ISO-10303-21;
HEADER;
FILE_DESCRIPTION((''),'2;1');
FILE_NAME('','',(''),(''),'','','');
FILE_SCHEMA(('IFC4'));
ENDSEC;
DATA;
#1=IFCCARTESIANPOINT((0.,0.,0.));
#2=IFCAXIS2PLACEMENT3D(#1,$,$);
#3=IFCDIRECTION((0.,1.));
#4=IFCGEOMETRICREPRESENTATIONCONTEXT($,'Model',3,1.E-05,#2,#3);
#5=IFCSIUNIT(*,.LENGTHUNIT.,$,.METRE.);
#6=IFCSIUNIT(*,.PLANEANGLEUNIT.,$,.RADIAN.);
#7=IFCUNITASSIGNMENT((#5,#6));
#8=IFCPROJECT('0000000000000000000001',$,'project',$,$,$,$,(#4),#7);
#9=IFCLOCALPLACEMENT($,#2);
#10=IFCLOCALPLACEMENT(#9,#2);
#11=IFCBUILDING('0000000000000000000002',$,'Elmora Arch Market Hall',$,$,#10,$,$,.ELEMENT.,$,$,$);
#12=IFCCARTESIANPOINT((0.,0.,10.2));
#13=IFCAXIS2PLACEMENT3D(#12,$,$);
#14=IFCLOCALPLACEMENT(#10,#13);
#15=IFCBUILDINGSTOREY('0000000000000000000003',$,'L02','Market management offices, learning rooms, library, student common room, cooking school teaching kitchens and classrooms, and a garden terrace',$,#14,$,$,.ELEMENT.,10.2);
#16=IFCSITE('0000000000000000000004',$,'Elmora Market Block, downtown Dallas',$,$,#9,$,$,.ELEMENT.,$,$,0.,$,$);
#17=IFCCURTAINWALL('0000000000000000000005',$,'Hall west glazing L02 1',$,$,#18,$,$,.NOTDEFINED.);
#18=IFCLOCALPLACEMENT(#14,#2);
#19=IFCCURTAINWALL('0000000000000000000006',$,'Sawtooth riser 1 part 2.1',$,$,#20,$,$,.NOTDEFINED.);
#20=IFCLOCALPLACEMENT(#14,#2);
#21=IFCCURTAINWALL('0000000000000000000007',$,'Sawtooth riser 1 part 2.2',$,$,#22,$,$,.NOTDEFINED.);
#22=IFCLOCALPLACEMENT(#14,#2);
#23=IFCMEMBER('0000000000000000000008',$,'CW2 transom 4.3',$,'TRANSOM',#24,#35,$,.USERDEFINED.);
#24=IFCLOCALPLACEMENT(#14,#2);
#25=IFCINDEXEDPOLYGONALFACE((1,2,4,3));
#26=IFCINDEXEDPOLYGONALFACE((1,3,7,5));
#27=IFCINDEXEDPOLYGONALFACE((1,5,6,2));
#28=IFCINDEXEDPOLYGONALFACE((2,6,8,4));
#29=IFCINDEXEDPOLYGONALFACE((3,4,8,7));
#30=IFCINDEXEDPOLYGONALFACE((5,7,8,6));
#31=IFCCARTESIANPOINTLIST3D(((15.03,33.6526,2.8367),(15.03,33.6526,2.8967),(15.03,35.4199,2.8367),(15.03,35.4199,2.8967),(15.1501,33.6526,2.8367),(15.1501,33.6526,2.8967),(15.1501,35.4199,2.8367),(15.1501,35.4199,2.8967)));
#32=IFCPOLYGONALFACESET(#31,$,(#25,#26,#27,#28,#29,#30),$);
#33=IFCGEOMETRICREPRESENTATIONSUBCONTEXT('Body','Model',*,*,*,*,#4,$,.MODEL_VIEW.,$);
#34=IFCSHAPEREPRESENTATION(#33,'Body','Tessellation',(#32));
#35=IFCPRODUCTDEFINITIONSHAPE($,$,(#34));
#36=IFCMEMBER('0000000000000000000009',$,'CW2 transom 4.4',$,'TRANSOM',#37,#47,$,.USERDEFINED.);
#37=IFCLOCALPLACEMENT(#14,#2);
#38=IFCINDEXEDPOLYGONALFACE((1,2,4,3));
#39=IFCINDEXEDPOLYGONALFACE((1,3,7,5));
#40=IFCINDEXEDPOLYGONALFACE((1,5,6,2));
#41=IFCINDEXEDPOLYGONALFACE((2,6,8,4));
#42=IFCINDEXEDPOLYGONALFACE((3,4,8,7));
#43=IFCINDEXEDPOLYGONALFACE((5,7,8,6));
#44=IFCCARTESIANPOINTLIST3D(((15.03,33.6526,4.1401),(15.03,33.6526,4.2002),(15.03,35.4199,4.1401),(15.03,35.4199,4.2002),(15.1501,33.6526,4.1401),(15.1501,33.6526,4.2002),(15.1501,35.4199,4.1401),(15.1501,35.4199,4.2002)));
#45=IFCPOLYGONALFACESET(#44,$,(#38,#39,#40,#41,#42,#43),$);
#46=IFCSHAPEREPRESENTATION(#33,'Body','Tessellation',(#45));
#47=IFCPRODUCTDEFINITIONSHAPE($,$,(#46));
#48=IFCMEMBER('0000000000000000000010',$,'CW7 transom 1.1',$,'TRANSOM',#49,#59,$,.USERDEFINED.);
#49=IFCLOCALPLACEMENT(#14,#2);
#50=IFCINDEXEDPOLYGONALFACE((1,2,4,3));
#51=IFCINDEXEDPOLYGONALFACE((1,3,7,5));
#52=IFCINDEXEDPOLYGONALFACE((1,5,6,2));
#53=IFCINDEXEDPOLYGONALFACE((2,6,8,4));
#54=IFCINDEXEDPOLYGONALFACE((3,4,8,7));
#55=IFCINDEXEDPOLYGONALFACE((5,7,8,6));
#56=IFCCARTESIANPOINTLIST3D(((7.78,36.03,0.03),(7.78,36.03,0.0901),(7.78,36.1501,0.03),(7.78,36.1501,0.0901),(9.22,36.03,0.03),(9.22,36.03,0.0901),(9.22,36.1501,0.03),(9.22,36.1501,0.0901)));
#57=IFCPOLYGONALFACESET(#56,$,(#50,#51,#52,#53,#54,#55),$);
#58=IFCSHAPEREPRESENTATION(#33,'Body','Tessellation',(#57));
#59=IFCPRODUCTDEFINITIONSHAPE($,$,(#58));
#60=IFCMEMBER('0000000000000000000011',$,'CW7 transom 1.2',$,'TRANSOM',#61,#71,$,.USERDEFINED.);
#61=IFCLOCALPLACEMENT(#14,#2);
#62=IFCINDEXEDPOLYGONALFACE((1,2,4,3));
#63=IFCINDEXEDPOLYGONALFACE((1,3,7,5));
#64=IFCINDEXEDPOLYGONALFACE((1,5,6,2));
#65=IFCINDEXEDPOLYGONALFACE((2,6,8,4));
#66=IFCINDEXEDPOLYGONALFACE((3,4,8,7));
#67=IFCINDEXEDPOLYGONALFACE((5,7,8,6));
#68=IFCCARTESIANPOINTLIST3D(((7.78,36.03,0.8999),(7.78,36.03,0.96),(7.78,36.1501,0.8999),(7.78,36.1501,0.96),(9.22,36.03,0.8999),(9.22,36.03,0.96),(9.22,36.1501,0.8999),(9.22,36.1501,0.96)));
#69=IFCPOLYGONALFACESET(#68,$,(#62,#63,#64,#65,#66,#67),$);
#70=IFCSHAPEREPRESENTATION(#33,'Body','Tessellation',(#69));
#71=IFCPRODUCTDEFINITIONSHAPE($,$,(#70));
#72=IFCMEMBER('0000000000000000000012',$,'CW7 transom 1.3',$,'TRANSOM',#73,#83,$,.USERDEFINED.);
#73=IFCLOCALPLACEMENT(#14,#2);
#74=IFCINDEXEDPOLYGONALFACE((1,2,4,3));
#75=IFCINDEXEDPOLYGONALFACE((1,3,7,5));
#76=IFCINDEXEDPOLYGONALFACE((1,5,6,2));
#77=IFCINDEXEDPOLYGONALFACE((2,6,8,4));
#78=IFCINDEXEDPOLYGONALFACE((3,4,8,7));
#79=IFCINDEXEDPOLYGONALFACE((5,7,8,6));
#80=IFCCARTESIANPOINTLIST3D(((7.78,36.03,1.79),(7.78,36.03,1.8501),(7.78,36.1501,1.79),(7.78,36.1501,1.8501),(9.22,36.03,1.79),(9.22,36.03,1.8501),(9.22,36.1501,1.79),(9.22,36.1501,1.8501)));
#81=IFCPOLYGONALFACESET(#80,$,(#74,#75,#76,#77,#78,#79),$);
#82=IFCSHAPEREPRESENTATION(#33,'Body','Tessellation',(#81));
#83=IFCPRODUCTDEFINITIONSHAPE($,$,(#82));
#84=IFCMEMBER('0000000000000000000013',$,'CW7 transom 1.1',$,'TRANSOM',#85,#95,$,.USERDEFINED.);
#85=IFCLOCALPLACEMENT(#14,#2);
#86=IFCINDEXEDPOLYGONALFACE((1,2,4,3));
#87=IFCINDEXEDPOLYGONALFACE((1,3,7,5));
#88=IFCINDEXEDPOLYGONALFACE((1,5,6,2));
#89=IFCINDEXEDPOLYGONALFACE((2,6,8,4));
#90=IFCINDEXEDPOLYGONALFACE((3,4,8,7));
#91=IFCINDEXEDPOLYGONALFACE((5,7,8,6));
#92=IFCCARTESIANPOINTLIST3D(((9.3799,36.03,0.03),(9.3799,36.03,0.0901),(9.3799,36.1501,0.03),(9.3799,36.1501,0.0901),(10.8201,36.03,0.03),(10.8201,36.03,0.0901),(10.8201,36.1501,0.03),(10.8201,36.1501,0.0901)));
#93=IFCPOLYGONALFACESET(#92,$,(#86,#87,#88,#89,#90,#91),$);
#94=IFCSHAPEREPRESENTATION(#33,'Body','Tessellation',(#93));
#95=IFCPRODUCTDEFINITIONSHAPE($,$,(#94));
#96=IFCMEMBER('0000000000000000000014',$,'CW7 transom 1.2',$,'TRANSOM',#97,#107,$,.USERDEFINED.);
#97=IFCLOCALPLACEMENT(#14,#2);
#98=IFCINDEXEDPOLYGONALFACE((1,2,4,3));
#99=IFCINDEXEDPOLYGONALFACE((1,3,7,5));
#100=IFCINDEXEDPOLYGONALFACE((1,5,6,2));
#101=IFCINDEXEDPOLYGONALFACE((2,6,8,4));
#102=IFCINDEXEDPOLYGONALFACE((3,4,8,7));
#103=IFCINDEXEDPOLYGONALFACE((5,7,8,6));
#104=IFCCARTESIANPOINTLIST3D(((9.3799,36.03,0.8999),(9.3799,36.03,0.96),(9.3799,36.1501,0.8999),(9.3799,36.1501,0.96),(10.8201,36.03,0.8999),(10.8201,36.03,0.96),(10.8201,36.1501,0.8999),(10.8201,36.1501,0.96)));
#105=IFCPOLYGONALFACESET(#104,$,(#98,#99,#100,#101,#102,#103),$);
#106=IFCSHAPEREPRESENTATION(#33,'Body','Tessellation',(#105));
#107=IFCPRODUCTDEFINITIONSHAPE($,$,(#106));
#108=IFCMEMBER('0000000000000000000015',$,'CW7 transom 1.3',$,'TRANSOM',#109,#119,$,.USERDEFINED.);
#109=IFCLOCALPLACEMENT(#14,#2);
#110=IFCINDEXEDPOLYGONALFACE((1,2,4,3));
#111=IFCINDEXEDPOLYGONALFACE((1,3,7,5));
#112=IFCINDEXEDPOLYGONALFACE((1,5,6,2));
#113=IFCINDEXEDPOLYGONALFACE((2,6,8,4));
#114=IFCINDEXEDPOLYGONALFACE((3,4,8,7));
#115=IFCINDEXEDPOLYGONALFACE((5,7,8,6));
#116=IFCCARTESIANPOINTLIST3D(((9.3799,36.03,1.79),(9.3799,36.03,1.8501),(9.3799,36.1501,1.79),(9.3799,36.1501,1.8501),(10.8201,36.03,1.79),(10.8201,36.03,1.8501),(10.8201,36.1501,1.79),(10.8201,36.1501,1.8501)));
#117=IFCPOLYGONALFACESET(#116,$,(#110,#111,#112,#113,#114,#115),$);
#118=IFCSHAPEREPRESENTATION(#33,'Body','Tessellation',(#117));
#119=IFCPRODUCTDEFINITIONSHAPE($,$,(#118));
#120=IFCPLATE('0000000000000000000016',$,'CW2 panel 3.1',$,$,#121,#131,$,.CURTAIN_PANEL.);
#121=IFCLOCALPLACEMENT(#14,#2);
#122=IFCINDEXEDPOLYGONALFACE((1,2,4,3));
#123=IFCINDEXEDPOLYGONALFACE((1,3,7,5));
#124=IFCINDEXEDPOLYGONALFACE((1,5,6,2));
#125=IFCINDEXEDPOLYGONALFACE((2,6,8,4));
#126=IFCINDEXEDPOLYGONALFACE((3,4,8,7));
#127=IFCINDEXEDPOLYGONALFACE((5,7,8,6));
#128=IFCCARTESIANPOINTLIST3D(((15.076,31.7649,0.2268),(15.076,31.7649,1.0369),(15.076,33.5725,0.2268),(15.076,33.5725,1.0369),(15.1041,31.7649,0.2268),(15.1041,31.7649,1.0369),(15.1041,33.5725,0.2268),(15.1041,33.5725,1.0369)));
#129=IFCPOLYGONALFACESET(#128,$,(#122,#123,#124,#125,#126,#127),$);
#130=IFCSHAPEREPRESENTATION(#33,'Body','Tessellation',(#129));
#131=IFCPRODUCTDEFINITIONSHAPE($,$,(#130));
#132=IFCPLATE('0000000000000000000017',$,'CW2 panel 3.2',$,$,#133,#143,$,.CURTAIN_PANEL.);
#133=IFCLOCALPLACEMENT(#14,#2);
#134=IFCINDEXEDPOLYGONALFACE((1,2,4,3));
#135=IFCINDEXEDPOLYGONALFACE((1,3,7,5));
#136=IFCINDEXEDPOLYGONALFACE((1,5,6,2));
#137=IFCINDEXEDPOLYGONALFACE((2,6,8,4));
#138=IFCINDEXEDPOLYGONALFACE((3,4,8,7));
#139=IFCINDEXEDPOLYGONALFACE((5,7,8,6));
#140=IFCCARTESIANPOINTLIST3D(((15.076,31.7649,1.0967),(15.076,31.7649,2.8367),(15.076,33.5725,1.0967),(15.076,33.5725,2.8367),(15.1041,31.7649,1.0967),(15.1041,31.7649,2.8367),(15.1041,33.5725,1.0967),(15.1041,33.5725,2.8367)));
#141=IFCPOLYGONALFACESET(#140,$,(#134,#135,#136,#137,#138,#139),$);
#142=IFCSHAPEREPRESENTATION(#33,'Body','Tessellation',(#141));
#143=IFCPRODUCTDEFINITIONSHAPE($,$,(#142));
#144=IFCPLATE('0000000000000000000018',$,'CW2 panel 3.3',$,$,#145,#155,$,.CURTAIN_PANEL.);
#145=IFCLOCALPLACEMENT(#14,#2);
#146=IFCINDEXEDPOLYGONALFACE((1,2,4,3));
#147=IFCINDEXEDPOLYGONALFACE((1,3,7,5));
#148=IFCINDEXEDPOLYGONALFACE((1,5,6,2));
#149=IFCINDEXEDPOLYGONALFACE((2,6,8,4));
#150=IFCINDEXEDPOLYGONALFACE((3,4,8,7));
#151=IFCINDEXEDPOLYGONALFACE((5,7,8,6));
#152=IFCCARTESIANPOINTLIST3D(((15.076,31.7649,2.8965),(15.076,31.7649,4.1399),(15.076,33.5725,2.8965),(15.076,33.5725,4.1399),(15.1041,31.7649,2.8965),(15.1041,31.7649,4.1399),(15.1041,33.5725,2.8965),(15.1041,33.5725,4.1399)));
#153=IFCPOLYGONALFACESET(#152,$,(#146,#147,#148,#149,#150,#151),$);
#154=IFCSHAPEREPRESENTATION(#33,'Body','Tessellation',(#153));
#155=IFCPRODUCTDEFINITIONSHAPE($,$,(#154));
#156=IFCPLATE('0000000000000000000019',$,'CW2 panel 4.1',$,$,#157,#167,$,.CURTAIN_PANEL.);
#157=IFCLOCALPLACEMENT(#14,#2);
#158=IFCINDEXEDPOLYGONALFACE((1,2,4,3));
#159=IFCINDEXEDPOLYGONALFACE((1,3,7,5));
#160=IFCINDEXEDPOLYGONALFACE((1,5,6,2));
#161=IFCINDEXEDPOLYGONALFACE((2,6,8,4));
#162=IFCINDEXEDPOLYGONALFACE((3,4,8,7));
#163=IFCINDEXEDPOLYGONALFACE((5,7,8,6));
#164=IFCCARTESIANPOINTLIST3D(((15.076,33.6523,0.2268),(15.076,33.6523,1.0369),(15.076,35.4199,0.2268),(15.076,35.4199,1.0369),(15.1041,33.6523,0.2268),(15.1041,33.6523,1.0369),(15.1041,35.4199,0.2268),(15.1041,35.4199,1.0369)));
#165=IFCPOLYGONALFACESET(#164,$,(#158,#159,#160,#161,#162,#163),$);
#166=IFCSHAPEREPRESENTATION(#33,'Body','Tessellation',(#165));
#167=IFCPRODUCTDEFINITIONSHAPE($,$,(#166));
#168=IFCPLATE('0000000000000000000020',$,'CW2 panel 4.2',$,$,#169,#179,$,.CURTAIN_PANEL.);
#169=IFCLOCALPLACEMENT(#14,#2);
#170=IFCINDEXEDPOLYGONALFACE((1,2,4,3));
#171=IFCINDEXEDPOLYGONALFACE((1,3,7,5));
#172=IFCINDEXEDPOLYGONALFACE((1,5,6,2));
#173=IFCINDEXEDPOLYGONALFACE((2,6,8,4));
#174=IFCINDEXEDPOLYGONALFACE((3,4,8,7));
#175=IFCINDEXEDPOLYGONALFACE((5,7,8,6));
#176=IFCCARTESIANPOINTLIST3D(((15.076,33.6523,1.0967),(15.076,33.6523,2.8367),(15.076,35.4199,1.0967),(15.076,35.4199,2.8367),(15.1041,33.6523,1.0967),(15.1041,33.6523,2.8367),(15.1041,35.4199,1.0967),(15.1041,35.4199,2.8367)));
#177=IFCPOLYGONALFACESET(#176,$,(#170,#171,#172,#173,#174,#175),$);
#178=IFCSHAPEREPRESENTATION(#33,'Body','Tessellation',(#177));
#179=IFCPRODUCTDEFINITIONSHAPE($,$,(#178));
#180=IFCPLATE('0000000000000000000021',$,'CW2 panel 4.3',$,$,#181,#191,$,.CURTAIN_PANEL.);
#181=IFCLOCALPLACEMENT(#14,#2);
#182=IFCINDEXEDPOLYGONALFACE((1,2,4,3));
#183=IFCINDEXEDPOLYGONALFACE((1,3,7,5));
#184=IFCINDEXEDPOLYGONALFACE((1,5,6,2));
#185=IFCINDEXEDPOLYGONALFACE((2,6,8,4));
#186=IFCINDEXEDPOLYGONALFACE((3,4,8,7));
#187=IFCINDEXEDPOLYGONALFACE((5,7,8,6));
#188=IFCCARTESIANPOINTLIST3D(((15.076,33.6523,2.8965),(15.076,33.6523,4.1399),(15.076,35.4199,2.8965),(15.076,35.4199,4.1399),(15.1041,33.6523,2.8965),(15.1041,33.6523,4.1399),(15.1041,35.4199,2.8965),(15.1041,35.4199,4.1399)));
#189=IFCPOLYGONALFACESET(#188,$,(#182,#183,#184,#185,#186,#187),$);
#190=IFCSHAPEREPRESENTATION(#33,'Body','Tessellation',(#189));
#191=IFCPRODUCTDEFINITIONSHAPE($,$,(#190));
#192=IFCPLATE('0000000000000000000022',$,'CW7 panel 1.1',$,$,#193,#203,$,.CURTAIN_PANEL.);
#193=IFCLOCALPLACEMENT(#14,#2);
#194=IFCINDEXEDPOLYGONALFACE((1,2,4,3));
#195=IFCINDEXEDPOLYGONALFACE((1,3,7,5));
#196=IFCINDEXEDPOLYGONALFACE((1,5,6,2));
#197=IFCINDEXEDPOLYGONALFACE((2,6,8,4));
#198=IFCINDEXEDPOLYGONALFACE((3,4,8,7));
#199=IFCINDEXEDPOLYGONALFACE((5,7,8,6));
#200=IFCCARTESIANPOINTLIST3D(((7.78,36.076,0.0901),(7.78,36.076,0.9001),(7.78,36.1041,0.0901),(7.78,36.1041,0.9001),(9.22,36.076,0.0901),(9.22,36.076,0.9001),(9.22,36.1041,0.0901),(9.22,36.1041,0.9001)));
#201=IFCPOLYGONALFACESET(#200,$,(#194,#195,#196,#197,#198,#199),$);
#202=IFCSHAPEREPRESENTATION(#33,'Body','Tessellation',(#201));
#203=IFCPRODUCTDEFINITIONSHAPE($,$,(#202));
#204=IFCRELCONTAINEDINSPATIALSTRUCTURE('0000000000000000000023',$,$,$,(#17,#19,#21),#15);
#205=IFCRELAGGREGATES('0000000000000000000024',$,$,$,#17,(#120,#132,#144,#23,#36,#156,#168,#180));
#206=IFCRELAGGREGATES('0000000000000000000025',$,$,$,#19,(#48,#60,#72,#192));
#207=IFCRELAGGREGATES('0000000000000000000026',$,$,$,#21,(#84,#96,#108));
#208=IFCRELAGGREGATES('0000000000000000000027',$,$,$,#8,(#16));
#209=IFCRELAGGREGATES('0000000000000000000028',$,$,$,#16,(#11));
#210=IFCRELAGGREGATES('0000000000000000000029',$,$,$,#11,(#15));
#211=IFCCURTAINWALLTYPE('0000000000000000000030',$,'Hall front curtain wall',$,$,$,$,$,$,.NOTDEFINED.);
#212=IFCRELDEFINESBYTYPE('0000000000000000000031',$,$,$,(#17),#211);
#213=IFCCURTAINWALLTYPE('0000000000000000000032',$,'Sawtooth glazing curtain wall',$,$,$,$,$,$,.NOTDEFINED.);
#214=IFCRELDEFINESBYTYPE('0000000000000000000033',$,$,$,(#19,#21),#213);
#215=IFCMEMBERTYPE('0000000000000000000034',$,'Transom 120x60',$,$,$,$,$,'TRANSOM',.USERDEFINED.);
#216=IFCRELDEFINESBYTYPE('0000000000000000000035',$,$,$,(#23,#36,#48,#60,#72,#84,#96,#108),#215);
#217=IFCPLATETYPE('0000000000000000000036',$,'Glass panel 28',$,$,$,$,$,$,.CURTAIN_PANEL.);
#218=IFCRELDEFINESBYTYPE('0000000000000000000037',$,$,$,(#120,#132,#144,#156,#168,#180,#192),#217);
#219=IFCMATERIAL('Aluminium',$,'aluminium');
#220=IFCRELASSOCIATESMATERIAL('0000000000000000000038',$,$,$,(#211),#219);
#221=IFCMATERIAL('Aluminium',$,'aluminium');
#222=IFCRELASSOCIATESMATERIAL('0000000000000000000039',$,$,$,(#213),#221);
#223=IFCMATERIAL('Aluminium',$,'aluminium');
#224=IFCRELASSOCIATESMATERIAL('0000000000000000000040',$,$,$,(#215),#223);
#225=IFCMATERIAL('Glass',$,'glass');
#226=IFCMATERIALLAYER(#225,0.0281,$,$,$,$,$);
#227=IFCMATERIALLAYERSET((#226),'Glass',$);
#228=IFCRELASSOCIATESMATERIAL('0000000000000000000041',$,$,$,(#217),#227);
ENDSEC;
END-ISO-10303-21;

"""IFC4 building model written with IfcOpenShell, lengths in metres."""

from ifc_helpers import new_model, si_unit, direction, frame, origin, origin_2d, place, context, subcontext, project, spatial, rectangle, extrude, material, layer, layer_set, material_profile, profile_set, type_object, element, aggregate, save


model = new_model("IFC4")

# Units and contexts
model_context = context("Model", 3, precision=1e-05, world=origin(), true_north=direction((0.0, 1.0)))
body_context = subcontext(model_context, "Body", "Model", "MODEL_VIEW")
ifc_project = project(units=[si_unit("LENGTHUNIT", "METRE"), si_unit("PLANEANGLEUNIT", "RADIAN")], contexts=[model_context])

# Site, building, storey
site_placement = place(None, origin())
site = spatial("IfcSite", under=ifc_project, at=site_placement, Name="Elmora Market Block, downtown Dallas", CompositionType="ELEMENT", RefElevation=0.0)
building_placement = place(site_placement, origin())
building = spatial("IfcBuilding", under=site, at=building_placement, Name="Elmora Arch Market Hall", CompositionType="ELEMENT")
storey_placement = place(building_placement, frame((0.0, 0.0, 10.2)))
storey = spatial("IfcBuildingStorey", under=building, at=storey_placement, Name="L02", Description="Market management offices, learning rooms, library, student common room, cooking school teaching kitchens and classrooms, and a garden terrace", CompositionType="ELEMENT", Elevation=10.2)

# Curtain walls
ifc_material_1 = material(Name="Aluminium", Category="aluminium")
curtain_wall_type_1 = type_object("IfcCurtainWallType", Name="Hall front curtain wall", PredefinedType="NOTDEFINED", material=ifc_material_1)
curtain_wall_1_placement = place(storey_placement, origin())
curtain_wall_1 = element("IfcCurtainWall", 1, at=curtain_wall_1_placement, inside=storey, type_object=curtain_wall_type_1, Name="Hall west glazing L02 1", PredefinedType="NOTDEFINED")
ifc_material_2 = material(Name="Aluminium", Category="aluminium")
curtain_wall_type_2 = type_object("IfcCurtainWallType", Name="Sawtooth glazing curtain wall", PredefinedType="NOTDEFINED", material=ifc_material_2)
curtain_wall_2_placement = place(storey_placement, origin())
curtain_wall_2 = element("IfcCurtainWall", 2, at=curtain_wall_2_placement, inside=storey, type_object=curtain_wall_type_2, Name="Sawtooth riser 1 part 2.1", PredefinedType="NOTDEFINED")

# Curtain wall
curtain_wall_3_placement = place(storey_placement, origin())
curtain_wall_3 = element("IfcCurtainWall", 3, at=curtain_wall_3_placement, inside=storey, type_object=curtain_wall_type_2, Name="Sawtooth riser 1 part 2.2", PredefinedType="NOTDEFINED")

# Members
ifc_material_3 = material(Name="Aluminium", Category="aluminium")
ifc_material_profile_1 = material_profile(ifc_material_3, rectangle(XDim=0.1201, YDim=0.0601, at=origin_2d()), Name="AL 120x60")
ifc_profile_set_1 = profile_set([ifc_material_profile_1], Name="Aluminium")
member_type_1 = type_object("IfcMemberType", Name="Transom 120x60", ElementType="TRANSOM", PredefinedType="USERDEFINED", material=ifc_profile_set_1)
member_1_placement = place(storey_placement, frame((15.0901, 33.6526, 2.8667), z_axis=(0.0, 1.0, 0.0), x_axis=(-1.0, 0.0, 0.0)))
member_1 = element("IfcMember", 4, at=member_1_placement, type_object=member_type_1, Name="CW2 transom 4.3", ObjectType="TRANSOM", PredefinedType="USERDEFINED", context=body_context, shape_type="SweptSolid", body=[
    extrude(rectangle(XDim=0.1201, YDim=0.0601, at=origin_2d()), origin(), (0.0, 0.0, 1.0), 1.7673),
])
member_2_placement = place(storey_placement, frame((15.0901, 33.6526, 4.1702), z_axis=(0.0, 1.0, 0.0), x_axis=(-1.0, 0.0, 0.0)))
member_2 = element("IfcMember", 5, at=member_2_placement, type_object=member_type_1, Name="CW2 transom 4.4", ObjectType="TRANSOM", PredefinedType="USERDEFINED", context=body_context, shape_type="SweptSolid", body=[
    extrude(rectangle(XDim=0.1201, YDim=0.0601, at=origin_2d()), origin(), (0.0, 0.0, 1.0), 1.7673),
])
member_3_placement = place(storey_placement, frame((7.78, 36.0901, 0.0601), z_axis=(1.0, 0.0, 0.0), x_axis=(0.0, 1.0, 0.0)))
member_3 = element("IfcMember", 6, at=member_3_placement, type_object=member_type_1, Name="CW7 transom 1.1", ObjectType="TRANSOM", PredefinedType="USERDEFINED", context=body_context, shape_type="SweptSolid", body=[
    extrude(rectangle(XDim=0.1201, YDim=0.0601, at=origin_2d()), origin(), (0.0, 0.0, 1.0), 1.4399),
])
member_4_placement = place(storey_placement, frame((7.78, 36.0901, 0.9299), z_axis=(1.0, 0.0, 0.0), x_axis=(0.0, 1.0, 0.0)))
member_4 = element("IfcMember", 7, at=member_4_placement, type_object=member_type_1, Name="CW7 transom 1.2", ObjectType="TRANSOM", PredefinedType="USERDEFINED", context=body_context, shape_type="SweptSolid", body=[
    extrude(rectangle(XDim=0.1201, YDim=0.0601, at=origin_2d()), origin(), (0.0, 0.0, 1.0), 1.4399),
])
member_5_placement = place(storey_placement, frame((7.78, 36.0901, 1.8201), z_axis=(1.0, 0.0, 0.0), x_axis=(0.0, 1.0, 0.0)))
member_5 = element("IfcMember", 8, at=member_5_placement, type_object=member_type_1, Name="CW7 transom 1.3", ObjectType="TRANSOM", PredefinedType="USERDEFINED", context=body_context, shape_type="SweptSolid", body=[
    extrude(rectangle(XDim=0.1201, YDim=0.0601, at=origin_2d()), origin(), (0.0, 0.0, 1.0), 1.4399),
])
member_6_placement = place(storey_placement, frame((9.3799, 36.0901, 0.0601), z_axis=(1.0, 0.0, 0.0), x_axis=(0.0, 1.0, 0.0)))
member_6 = element("IfcMember", 9, at=member_6_placement, type_object=member_type_1, Name="CW7 transom 1.1", ObjectType="TRANSOM", PredefinedType="USERDEFINED", context=body_context, shape_type="SweptSolid", body=[
    extrude(rectangle(XDim=0.1201, YDim=0.0601, at=origin_2d()), origin(), (0.0, 0.0, 1.0), 1.4402),
])
member_7_placement = place(storey_placement, frame((9.3799, 36.0901, 0.9299), z_axis=(1.0, 0.0, 0.0), x_axis=(0.0, 1.0, 0.0)))
member_7 = element("IfcMember", 10, at=member_7_placement, type_object=member_type_1, Name="CW7 transom 1.2", ObjectType="TRANSOM", PredefinedType="USERDEFINED", context=body_context, shape_type="SweptSolid", body=[
    extrude(rectangle(XDim=0.1201, YDim=0.0601, at=origin_2d()), origin(), (0.0, 0.0, 1.0), 1.4402),
])
member_8_placement = place(storey_placement, frame((9.3799, 36.0901, 1.8201), z_axis=(1.0, 0.0, 0.0), x_axis=(0.0, 1.0, 0.0)))
member_8 = element("IfcMember", 11, at=member_8_placement, type_object=member_type_1, Name="CW7 transom 1.3", ObjectType="TRANSOM", PredefinedType="USERDEFINED", context=body_context, shape_type="SweptSolid", body=[
    extrude(rectangle(XDim=0.1201, YDim=0.0601, at=origin_2d()), origin(), (0.0, 0.0, 1.0), 1.4402),
])

# Plates
ifc_material_4 = material(Name="Glass", Category="glass")
ifc_layer = layer(ifc_material_4, 0.0281)
ifc_layer_set = layer_set([ifc_layer], Name="Glass")
plate_type = type_object("IfcPlateType", Name="Glass panel 28", PredefinedType="CURTAIN_PANEL", material=ifc_layer_set)
plate_1_placement = place(storey_placement, frame((15.0901, 32.6687, 0.2268), z_axis=(0.0, 0.0, 1.0), x_axis=(0.0, 1.0, 0.0)))
plate_1 = element("IfcPlate", 12, at=plate_1_placement, type_object=plate_type, Name="CW2 panel 3.1", PredefinedType="CURTAIN_PANEL", context=body_context, shape_type="SweptSolid", body=[
    extrude(rectangle(XDim=1.8076, YDim=0.0281, at=origin_2d()), origin(), (0.0, 0.0, 1.0), 0.8101),
])
plate_2_placement = place(storey_placement, frame((15.0901, 32.6687, 1.0967), z_axis=(0.0, 0.0, 1.0), x_axis=(0.0, 1.0, 0.0)))
plate_2 = element("IfcPlate", 13, at=plate_2_placement, type_object=plate_type, Name="CW2 panel 3.2", PredefinedType="CURTAIN_PANEL", context=body_context, shape_type="SweptSolid", body=[
    extrude(rectangle(XDim=1.8076, YDim=0.0281, at=origin_2d()), origin(), (0.0, 0.0, 1.0), 1.74),
])
plate_3_placement = place(storey_placement, frame((15.0901, 32.6687, 2.8965), z_axis=(0.0, 0.0, 1.0), x_axis=(0.0, 1.0, 0.0)))
plate_3 = element("IfcPlate", 14, at=plate_3_placement, type_object=plate_type, Name="CW2 panel 3.3", PredefinedType="CURTAIN_PANEL", context=body_context, shape_type="SweptSolid", body=[
    extrude(rectangle(XDim=1.8076, YDim=0.0281, at=origin_2d()), origin(), (0.0, 0.0, 1.0), 1.2434),
])
plate_4_placement = place(storey_placement, frame((15.0901, 34.5361, 0.2268), z_axis=(0.0, 0.0, 1.0), x_axis=(0.0, 1.0, 0.0)))
plate_4 = element("IfcPlate", 15, at=plate_4_placement, type_object=plate_type, Name="CW2 panel 4.1", PredefinedType="CURTAIN_PANEL", context=body_context, shape_type="SweptSolid", body=[
    extrude(rectangle(XDim=1.7676, YDim=0.0281, at=origin_2d()), origin(), (0.0, 0.0, 1.0), 0.8101),
])
plate_5_placement = place(storey_placement, frame((15.0901, 34.5361, 1.0967), z_axis=(0.0, 0.0, 1.0), x_axis=(0.0, 1.0, 0.0)))
plate_5 = element("IfcPlate", 16, at=plate_5_placement, type_object=plate_type, Name="CW2 panel 4.2", PredefinedType="CURTAIN_PANEL", context=body_context, shape_type="SweptSolid", body=[
    extrude(rectangle(XDim=1.7676, YDim=0.0281, at=origin_2d()), origin(), (0.0, 0.0, 1.0), 1.74),
])
plate_6_placement = place(storey_placement, frame((15.0901, 34.5361, 2.8965), z_axis=(0.0, 0.0, 1.0), x_axis=(0.0, 1.0, 0.0)))
plate_6 = element("IfcPlate", 17, at=plate_6_placement, type_object=plate_type, Name="CW2 panel 4.3", PredefinedType="CURTAIN_PANEL", context=body_context, shape_type="SweptSolid", body=[
    extrude(rectangle(XDim=1.7676, YDim=0.0281, at=origin_2d()), origin(), (0.0, 0.0, 1.0), 1.2434),
])
aggregate(curtain_wall_1, [plate_1, plate_2, plate_3, member_1, member_2, plate_4, plate_5, plate_6])
plate_7_placement = place(storey_placement, frame((8.5, 36.0901, 0.0901), z_axis=(0.0, 0.0, 1.0), x_axis=(1.0, 0.0, 0.0)))
plate_7 = element("IfcPlate", 18, at=plate_7_placement, type_object=plate_type, Name="CW7 panel 1.1", PredefinedType="CURTAIN_PANEL", context=body_context, shape_type="SweptSolid", body=[
    extrude(rectangle(XDim=1.4399, YDim=0.0281, at=origin_2d()), origin(), (0.0, 0.0, 1.0), 0.8101),
])
aggregate(curtain_wall_2, [member_3, member_4, member_5, plate_7])
aggregate(curtain_wall_3, [member_6, member_7, member_8])

save(model, "model.ifc")
